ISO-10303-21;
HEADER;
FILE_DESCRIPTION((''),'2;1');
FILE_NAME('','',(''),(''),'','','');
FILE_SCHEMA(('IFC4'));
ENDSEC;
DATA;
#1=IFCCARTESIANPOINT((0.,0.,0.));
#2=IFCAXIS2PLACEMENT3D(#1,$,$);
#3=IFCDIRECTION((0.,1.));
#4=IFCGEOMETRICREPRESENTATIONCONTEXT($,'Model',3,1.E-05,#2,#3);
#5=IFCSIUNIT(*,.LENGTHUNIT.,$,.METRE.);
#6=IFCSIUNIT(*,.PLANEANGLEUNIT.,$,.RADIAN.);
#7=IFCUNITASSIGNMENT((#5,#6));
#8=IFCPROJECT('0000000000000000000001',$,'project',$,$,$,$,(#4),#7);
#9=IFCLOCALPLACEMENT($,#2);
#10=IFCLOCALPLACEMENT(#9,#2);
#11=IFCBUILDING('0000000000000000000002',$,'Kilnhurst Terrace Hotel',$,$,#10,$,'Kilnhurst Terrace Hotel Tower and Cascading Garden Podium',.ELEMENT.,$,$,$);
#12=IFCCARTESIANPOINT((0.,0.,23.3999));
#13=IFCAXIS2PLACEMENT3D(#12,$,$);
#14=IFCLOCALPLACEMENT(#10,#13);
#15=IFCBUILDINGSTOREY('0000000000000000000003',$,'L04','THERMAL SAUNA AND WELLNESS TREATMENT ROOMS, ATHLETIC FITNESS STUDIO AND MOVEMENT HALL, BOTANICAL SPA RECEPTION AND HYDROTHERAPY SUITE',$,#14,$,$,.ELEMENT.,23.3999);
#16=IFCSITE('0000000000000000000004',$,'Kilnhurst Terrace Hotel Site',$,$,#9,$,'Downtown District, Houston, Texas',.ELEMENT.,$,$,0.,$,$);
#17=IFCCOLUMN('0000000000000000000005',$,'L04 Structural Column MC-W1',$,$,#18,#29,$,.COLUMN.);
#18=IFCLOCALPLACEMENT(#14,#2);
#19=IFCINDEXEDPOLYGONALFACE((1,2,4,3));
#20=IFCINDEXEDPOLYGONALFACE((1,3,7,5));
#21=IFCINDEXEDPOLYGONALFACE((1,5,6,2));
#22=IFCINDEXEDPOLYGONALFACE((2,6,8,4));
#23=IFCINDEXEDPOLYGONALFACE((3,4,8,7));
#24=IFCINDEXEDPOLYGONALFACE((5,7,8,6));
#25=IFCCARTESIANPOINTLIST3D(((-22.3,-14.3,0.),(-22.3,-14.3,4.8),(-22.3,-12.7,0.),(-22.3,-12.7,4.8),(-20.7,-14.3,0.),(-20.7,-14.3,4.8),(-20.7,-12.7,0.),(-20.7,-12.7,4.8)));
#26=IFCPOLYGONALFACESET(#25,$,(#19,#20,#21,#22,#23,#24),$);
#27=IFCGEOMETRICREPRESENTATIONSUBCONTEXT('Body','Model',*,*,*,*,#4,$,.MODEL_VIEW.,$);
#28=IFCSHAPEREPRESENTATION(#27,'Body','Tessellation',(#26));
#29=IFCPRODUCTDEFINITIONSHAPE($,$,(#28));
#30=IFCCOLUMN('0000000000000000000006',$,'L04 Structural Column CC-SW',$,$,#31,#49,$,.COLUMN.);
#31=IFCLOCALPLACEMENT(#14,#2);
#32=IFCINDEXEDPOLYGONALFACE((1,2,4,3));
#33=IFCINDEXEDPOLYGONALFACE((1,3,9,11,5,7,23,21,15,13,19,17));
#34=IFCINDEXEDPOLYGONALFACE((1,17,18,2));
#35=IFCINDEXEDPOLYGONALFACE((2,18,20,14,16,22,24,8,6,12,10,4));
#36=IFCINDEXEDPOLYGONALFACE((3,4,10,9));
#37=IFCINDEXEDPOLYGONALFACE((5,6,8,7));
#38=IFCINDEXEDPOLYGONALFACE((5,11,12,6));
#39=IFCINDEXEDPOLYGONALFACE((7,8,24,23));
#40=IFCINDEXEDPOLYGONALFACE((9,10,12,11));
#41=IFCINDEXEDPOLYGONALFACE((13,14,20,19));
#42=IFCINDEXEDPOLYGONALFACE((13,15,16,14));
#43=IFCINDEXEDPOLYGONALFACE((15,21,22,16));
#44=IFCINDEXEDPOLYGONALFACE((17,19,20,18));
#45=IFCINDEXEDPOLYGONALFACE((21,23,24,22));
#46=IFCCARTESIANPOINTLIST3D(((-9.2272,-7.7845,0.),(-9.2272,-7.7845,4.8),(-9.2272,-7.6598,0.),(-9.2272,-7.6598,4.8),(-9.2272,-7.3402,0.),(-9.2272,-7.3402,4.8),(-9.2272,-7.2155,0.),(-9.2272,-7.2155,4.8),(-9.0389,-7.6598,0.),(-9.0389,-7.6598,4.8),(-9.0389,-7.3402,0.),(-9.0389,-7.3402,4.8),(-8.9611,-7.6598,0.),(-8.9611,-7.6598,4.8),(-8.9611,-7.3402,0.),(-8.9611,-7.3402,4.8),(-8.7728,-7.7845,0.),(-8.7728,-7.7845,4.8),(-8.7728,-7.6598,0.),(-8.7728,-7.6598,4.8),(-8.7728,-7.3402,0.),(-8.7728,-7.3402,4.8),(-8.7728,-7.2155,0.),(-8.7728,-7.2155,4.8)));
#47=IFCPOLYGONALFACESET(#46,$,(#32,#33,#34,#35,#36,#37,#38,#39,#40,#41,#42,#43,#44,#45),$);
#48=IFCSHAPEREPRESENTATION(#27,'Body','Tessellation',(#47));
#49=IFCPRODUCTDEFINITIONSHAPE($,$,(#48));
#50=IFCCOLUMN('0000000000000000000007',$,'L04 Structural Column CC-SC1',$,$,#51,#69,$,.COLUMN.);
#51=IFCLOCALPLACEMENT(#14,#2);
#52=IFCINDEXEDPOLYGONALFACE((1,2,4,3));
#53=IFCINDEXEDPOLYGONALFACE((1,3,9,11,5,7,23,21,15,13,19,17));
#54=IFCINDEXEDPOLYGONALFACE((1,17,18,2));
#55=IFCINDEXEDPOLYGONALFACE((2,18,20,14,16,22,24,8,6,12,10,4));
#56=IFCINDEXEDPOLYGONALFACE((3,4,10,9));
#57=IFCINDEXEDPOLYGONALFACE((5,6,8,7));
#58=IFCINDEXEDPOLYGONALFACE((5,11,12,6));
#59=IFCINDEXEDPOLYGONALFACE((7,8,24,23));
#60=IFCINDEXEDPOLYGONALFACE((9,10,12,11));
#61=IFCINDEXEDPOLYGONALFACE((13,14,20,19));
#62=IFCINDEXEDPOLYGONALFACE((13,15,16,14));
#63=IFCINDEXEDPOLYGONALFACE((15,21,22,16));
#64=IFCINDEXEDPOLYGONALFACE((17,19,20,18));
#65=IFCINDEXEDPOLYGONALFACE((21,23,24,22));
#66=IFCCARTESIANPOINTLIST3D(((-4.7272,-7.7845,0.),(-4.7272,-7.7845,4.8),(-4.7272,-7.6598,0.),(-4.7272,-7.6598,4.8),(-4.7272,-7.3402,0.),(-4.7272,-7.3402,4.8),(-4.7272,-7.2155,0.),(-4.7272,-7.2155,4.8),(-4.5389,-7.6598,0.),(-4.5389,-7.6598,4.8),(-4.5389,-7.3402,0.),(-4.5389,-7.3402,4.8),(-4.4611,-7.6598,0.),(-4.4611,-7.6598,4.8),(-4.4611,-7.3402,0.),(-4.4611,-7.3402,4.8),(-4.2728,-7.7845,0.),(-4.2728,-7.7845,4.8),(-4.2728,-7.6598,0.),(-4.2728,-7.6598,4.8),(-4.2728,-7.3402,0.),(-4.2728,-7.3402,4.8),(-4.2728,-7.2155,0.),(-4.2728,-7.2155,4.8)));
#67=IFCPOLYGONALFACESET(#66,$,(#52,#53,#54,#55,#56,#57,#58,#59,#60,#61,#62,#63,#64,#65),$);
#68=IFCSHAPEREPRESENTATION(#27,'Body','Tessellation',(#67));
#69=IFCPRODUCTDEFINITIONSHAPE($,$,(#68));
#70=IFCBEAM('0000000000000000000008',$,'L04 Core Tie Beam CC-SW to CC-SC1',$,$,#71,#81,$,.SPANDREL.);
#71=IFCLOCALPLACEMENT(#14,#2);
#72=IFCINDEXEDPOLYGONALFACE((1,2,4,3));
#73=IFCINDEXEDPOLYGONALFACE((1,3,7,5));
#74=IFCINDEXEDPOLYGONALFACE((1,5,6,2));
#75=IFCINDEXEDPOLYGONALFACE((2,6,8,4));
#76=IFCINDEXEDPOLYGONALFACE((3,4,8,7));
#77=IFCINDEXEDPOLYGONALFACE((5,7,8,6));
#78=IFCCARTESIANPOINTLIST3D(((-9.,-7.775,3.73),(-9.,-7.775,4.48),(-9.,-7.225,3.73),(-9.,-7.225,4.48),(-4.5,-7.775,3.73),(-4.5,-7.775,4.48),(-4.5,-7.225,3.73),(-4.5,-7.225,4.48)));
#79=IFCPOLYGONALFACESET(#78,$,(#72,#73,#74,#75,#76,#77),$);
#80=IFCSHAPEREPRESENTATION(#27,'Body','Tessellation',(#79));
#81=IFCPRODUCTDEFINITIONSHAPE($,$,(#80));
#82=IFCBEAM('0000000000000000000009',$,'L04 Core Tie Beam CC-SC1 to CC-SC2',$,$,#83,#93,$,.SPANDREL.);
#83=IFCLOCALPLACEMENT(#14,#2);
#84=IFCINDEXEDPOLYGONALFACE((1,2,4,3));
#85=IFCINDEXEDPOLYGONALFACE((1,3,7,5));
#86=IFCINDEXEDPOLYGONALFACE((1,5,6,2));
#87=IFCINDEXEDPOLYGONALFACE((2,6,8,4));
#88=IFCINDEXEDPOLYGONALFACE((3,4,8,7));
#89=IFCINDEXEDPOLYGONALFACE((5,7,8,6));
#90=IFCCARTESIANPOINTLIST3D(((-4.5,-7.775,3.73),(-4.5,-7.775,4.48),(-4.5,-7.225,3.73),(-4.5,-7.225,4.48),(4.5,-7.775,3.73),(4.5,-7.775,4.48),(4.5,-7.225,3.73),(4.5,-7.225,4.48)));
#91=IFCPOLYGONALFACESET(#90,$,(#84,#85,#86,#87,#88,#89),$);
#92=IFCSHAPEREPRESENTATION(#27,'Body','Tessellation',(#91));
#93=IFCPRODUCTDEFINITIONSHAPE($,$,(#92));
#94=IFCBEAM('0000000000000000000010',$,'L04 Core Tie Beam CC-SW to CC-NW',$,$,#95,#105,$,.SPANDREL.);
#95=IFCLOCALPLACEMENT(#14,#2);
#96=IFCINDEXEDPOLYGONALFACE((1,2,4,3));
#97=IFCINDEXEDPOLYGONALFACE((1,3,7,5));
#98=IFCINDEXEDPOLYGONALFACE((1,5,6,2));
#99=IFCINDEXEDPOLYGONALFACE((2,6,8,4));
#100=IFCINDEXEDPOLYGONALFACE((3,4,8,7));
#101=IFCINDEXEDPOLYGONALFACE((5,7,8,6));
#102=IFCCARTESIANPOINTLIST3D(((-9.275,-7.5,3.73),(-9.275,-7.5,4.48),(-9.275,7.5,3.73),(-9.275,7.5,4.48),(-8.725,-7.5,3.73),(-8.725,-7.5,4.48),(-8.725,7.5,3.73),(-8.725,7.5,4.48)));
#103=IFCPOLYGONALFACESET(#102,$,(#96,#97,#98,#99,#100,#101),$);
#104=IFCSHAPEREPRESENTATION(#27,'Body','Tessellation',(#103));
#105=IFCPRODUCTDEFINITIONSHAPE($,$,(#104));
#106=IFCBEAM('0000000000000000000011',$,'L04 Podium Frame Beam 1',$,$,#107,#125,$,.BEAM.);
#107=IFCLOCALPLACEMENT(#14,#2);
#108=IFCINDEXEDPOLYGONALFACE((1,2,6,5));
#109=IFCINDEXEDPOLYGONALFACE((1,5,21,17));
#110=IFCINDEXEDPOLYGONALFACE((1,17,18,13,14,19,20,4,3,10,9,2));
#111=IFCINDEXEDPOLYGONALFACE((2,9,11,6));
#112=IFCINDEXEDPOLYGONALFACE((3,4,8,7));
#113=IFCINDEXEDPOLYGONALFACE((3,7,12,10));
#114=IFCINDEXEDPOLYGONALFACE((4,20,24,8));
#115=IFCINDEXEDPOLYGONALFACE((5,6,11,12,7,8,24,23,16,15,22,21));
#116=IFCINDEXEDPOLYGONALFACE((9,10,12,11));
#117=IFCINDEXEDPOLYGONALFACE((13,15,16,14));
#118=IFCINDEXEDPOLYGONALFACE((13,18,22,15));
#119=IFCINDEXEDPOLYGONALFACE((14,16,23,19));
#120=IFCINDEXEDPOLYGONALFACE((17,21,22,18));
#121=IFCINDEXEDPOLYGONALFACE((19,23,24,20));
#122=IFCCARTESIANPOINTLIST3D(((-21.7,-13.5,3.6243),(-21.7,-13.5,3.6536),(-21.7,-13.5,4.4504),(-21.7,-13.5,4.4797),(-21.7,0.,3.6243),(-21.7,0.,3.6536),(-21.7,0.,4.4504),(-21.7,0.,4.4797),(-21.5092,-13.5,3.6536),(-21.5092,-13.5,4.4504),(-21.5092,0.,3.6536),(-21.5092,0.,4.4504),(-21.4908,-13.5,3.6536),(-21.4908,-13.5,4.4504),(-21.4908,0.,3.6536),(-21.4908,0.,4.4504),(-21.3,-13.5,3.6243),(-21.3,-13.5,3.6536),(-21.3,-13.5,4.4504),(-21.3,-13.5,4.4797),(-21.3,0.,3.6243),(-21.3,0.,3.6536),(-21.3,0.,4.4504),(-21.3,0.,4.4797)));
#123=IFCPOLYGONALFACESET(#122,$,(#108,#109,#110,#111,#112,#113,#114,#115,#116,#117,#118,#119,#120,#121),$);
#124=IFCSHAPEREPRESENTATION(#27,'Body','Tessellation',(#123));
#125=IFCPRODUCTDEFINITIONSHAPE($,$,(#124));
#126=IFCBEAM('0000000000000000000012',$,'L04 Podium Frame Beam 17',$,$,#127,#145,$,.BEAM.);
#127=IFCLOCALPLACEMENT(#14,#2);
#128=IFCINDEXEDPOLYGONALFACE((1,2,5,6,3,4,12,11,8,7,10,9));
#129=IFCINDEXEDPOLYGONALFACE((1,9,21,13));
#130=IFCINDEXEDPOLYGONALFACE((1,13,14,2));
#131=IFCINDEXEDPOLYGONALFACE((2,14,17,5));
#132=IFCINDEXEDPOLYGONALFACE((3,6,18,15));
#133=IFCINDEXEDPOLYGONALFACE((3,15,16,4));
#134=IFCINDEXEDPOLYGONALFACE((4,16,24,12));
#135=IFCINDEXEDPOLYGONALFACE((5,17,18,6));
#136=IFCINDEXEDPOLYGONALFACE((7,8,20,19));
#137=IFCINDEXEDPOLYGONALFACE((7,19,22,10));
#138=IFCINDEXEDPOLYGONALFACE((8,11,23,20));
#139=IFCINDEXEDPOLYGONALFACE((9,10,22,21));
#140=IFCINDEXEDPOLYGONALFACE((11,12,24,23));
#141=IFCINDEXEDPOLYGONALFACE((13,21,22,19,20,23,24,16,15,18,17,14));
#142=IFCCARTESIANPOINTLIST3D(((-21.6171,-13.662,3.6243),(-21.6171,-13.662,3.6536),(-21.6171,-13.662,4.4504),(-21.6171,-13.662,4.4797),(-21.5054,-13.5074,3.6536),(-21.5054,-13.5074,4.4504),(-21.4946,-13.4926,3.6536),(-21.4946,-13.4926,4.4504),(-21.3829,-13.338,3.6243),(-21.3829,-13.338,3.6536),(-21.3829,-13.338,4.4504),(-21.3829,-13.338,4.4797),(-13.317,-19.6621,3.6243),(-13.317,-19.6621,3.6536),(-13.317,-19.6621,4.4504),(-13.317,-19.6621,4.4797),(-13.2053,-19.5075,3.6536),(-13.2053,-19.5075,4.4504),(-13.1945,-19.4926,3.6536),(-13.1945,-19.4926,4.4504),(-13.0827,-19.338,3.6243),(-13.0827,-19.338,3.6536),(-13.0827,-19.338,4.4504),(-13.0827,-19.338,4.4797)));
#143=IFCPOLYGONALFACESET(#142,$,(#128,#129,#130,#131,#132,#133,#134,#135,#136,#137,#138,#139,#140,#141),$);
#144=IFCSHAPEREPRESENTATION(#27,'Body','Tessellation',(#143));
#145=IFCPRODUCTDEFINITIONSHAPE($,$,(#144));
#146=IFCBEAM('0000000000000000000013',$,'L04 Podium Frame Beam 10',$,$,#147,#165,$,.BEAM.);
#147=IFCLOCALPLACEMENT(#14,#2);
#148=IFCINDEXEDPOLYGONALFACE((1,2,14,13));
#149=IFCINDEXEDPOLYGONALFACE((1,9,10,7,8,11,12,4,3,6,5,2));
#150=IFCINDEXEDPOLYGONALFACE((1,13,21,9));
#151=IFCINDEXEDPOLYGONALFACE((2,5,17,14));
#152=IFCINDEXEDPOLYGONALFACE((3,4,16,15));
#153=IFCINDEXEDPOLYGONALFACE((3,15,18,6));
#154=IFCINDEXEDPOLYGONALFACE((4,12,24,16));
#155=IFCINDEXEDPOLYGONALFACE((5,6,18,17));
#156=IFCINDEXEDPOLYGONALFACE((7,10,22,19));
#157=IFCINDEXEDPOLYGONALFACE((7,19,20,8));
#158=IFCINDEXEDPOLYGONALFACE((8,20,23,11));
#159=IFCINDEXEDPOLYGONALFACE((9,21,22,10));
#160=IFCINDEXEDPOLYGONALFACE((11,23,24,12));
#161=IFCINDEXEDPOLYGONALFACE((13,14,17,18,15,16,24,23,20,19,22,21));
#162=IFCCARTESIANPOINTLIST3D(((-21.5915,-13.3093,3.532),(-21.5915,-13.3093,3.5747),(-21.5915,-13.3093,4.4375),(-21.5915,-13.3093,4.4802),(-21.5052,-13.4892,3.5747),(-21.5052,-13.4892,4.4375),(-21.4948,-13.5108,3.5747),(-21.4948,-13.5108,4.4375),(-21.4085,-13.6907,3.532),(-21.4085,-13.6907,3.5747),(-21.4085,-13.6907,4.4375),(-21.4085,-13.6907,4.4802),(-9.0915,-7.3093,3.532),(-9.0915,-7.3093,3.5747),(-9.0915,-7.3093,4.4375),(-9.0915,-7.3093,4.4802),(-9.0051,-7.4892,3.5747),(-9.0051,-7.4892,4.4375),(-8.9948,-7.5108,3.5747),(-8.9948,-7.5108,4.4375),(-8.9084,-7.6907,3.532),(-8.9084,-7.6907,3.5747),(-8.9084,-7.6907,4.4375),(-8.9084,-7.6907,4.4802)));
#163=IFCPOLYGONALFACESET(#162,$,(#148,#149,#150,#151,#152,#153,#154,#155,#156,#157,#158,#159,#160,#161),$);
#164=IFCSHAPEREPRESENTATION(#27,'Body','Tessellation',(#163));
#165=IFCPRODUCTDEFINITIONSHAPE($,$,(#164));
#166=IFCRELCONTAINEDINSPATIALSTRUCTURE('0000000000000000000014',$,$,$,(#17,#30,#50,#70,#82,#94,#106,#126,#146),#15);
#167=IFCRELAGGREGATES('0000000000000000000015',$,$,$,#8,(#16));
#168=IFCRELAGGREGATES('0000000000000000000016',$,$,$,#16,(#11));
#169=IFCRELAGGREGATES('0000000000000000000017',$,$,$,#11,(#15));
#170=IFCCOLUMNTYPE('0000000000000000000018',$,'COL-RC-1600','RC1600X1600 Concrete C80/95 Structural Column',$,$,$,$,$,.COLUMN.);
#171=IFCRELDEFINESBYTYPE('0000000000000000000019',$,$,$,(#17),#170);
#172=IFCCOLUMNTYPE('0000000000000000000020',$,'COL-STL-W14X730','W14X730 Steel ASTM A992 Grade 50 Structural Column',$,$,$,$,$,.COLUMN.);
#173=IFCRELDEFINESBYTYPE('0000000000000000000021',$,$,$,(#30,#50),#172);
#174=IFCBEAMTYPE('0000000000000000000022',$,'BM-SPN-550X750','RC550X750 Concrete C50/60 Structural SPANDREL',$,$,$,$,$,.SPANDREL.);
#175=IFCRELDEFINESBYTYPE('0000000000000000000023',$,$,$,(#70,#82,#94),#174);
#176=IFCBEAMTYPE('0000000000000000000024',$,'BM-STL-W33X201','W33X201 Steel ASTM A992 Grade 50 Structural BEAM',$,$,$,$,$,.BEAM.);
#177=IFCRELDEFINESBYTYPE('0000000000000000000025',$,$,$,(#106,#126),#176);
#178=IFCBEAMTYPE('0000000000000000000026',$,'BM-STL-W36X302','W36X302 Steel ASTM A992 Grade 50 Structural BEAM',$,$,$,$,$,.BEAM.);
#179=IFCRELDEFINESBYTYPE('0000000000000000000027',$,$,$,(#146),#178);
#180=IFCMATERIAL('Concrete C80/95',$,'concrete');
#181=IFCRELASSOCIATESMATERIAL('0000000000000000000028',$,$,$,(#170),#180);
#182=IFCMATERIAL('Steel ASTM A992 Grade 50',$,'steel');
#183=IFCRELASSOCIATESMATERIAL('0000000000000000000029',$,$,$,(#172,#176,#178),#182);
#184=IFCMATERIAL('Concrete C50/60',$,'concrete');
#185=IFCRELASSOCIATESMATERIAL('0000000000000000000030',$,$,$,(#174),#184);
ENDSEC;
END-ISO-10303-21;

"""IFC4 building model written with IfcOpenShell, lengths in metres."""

from ifc_helpers import new_model, si_unit, direction, frame, origin, origin_2d, place, context, subcontext, project, spatial, rectangle, i_section, extrude, material, material_profile, profile_set, type_object, element, save


model = new_model("IFC4")

# Units and contexts
model_context = context("Model", 3, precision=1e-05, world=origin(), true_north=direction((0.0, 1.0)))
body_context = subcontext(model_context, "Body", "Model", "MODEL_VIEW")
ifc_project = project(units=[si_unit("LENGTHUNIT", "METRE"), si_unit("PLANEANGLEUNIT", "RADIAN")], contexts=[model_context])

# Site, building, storey
site_placement = place(None, origin())
site = spatial("IfcSite", under=ifc_project, at=site_placement, Name="Kilnhurst Terrace Hotel Site", LongName="Downtown District, Houston, Texas", CompositionType="ELEMENT", RefElevation=0.0)
building_placement = place(site_placement, origin())
building = spatial("IfcBuilding", under=site, at=building_placement, Name="Kilnhurst Terrace Hotel", LongName="Kilnhurst Terrace Hotel Tower and Cascading Garden Podium", CompositionType="ELEMENT")
storey_placement = place(building_placement, frame((0.0, 0.0, 23.3999)))
storey = spatial("IfcBuildingStorey", under=building, at=storey_placement, Name="L04", Description="THERMAL SAUNA AND WELLNESS TREATMENT ROOMS, ATHLETIC FITNESS STUDIO AND MOVEMENT HALL, BOTANICAL SPA RECEPTION AND HYDROTHERAPY SUITE", CompositionType="ELEMENT", Elevation=23.3999)

# Columns
ifc_material_1 = material(Name="Concrete C80/95", Category="concrete")
ifc_material_profile_1 = material_profile(ifc_material_1, rectangle(XDim=1.6001, YDim=1.6001, at=origin_2d()), Name="RC1600X1600")
ifc_profile_set_1 = profile_set([ifc_material_profile_1], Name="Concrete C80/95")
column_type_1 = type_object("IfcColumnType", Name="COL-RC-1600", Description="RC1600X1600 Concrete C80/95 Structural Column", PredefinedType="COLUMN", material=ifc_profile_set_1)
column_placement = place(storey_placement, frame((-21.5, -13.5, 0.0), z_axis=(0.0, 0.0, 1.0), x_axis=(1.0, 0.0, 0.0)))
element("IfcColumn", 1, at=column_placement, inside=storey, type_object=column_type_1, Name="L04 Structural Column MC-W1", PredefinedType="COLUMN", context=body_context, shape_type="SweptSolid", body=[
    extrude(rectangle(XDim=1.6001, YDim=1.6001, at=origin_2d()), origin(), (0.0, 0.0, 1.0), 4.8),
])
ifc_material_2 = material(Name="Steel ASTM A992 Grade 50", Category="steel")
ifc_material_profile_2 = material_profile(ifc_material_2, i_section(OverallWidth=0.4543, OverallDepth=0.5691, WebThickness=0.0779, FlangeThickness=0.1248, at=origin_2d()), Name="W14X730")
ifc_profile_set_2 = profile_set([ifc_material_profile_2], Name="Steel ASTM A992 Grade 50")
column_type_2 = type_object("IfcColumnType", Name="COL-STL-W14X730", Description="W14X730 Steel ASTM A992 Grade 50 Structural Column", PredefinedType="COLUMN", material=ifc_profile_set_2)
for number, where, z_axis, x_axis, name in (
    (2, (-9.0, -7.5, 0.0), (0.0, 0.0, 1.0), (1.0, 0.0, 0.0), "L04 Structural Column CC-SW"),
    (3, (-4.5, -7.5, 0.0), (0.0, 0.0, 1.0), (1.0, 0.0, 0.0), "L04 Structural Column CC-SC1"),
):
    element("IfcColumn", number, at=place(storey_placement, frame(where, z_axis=z_axis, x_axis=x_axis)), inside=storey, type_object=column_type_2, Name=name, PredefinedType="COLUMN", context=body_context, shape_type="SweptSolid", body=[
        extrude(i_section(OverallWidth=0.4543, OverallDepth=0.5691, WebThickness=0.0779, FlangeThickness=0.1248, at=origin_2d()), origin(), (0.0, 0.0, 1.0), 4.8),
    ])

# Beams
ifc_material_3 = material(Name="Concrete C50/60", Category="concrete")
ifc_material_profile_3 = material_profile(ifc_material_3, rectangle(XDim=0.55, YDim=0.75, at=origin_2d()), Name="RC550X750")
ifc_profile_set_3 = profile_set([ifc_material_profile_3], Name="Concrete C50/60")
beam_type_1 = type_object("IfcBeamType", Name="BM-SPN-550X750", Description="RC550X750 Concrete C50/60 Structural SPANDREL", PredefinedType="SPANDREL", material=ifc_profile_set_3)
beam_1_placement = place(storey_placement, frame((-9.0, -7.5, 4.105), z_axis=(1.0, 0.0, 0.0), x_axis=(0.0, 1.0, 0.0)))
element("IfcBeam", 4, at=beam_1_placement, inside=storey, type_object=beam_type_1, Name="L04 Core Tie Beam CC-SW to CC-SC1", PredefinedType="SPANDREL", context=body_context, shape_type="SweptSolid", body=[
    extrude(rectangle(XDim=0.55, YDim=0.75, at=origin_2d()), origin(), (0.0, 0.0, 1.0), 4.5),
])
beam_2_placement = place(storey_placement, frame((-4.5, -7.5, 4.105), z_axis=(1.0, 0.0, 0.0), x_axis=(0.0, 1.0, 0.0)))
element("IfcBeam", 5, at=beam_2_placement, inside=storey, type_object=beam_type_1, Name="L04 Core Tie Beam CC-SC1 to CC-SC2", PredefinedType="SPANDREL", context=body_context, shape_type="SweptSolid", body=[
    extrude(rectangle(XDim=0.55, YDim=0.75, at=origin_2d()), origin(), (0.0, 0.0, 1.0), 9.0),
])
beam_3_placement = place(storey_placement, frame((-9.0, -7.5, 4.105), z_axis=(0.0, 1.0, 0.0), x_axis=(-1.0, 0.0, 0.0)))
element("IfcBeam", 6, at=beam_3_placement, inside=storey, type_object=beam_type_1, Name="L04 Core Tie Beam CC-SW to CC-NW", PredefinedType="SPANDREL", context=body_context, shape_type="SweptSolid", body=[
    extrude(rectangle(XDim=0.55, YDim=0.75, at=origin_2d()), origin(), (0.0, 0.0, 1.0), 15.0),
])
ifc_material_profile_4 = material_profile(ifc_material_2, i_section(OverallWidth=0.3999, OverallDepth=0.8555, WebThickness=0.0183, FlangeThickness=0.0293, at=origin_2d()), Name="W33X201")
ifc_profile_set_4 = profile_set([ifc_material_profile_4], Name="Steel ASTM A992 Grade 50")
beam_type_2 = type_object("IfcBeamType", Name="BM-STL-W33X201", Description="W33X201 Steel ASTM A992 Grade 50 Structural BEAM", PredefinedType="BEAM", material=ifc_profile_set_4)
beam_4_placement = place(storey_placement, frame((-21.5, -13.5, 4.052), z_axis=(0.0, 1.0, 0.0), x_axis=(-1.0, 0.0, 0.0)))
element("IfcBeam", 7, at=beam_4_placement, inside=storey, type_object=beam_type_2, Name="L04 Podium Frame Beam 1", PredefinedType="BEAM", context=body_context, shape_type="SweptSolid", body=[
    extrude(i_section(OverallWidth=0.3999, OverallDepth=0.8555, WebThickness=0.0183, FlangeThickness=0.0293, at=origin_2d()), origin(), (0.0, 0.0, 1.0), 13.5),
])
beam_5_placement = place(storey_placement, frame((-21.5, -13.5, 4.052), z_axis=(0.810423, -0.585845, 0.0), x_axis=(0.585845, 0.810423, 0.0)))
element("IfcBeam", 8, at=beam_5_placement, inside=storey, type_object=beam_type_2, Name="L04 Podium Frame Beam 17", PredefinedType="BEAM", context=body_context, shape_type="SweptSolid", body=[
    extrude(i_section(OverallWidth=0.3999, OverallDepth=0.8555, WebThickness=0.0183, FlangeThickness=0.0293, at=origin_2d()), origin(), (0.0, 0.0, 1.0), 10.2417),
])
ifc_material_profile_5 = material_profile(ifc_material_2, i_section(OverallWidth=0.4231, OverallDepth=0.9482, WebThickness=0.0239, FlangeThickness=0.0427, at=origin_2d()), Name="W36X302")
ifc_profile_set_5 = profile_set([ifc_material_profile_5], Name="Steel ASTM A992 Grade 50")
beam_type_3 = type_object("IfcBeamType", Name="BM-STL-W36X302", Description="W36X302 Steel ASTM A992 Grade 50 Structural BEAM", PredefinedType="BEAM", material=ifc_profile_set_5)
beam_6_placement = place(storey_placement, frame((-21.5, -13.5, 4.0061), z_axis=(0.901523, 0.432731, 0.0), x_axis=(-0.432731, 0.901523, 0.0)))
element("IfcBeam", 9, at=beam_6_placement, inside=storey, type_object=beam_type_3, Name="L04 Podium Frame Beam 10", PredefinedType="BEAM", context=body_context, shape_type="SweptSolid", body=[
    extrude(i_section(OverallWidth=0.4231, OverallDepth=0.9482, WebThickness=0.0239, FlangeThickness=0.0427, at=origin_2d()), origin(), (0.0, 0.0, 1.0), 13.8655),
])

save(model, "model.ifc")
